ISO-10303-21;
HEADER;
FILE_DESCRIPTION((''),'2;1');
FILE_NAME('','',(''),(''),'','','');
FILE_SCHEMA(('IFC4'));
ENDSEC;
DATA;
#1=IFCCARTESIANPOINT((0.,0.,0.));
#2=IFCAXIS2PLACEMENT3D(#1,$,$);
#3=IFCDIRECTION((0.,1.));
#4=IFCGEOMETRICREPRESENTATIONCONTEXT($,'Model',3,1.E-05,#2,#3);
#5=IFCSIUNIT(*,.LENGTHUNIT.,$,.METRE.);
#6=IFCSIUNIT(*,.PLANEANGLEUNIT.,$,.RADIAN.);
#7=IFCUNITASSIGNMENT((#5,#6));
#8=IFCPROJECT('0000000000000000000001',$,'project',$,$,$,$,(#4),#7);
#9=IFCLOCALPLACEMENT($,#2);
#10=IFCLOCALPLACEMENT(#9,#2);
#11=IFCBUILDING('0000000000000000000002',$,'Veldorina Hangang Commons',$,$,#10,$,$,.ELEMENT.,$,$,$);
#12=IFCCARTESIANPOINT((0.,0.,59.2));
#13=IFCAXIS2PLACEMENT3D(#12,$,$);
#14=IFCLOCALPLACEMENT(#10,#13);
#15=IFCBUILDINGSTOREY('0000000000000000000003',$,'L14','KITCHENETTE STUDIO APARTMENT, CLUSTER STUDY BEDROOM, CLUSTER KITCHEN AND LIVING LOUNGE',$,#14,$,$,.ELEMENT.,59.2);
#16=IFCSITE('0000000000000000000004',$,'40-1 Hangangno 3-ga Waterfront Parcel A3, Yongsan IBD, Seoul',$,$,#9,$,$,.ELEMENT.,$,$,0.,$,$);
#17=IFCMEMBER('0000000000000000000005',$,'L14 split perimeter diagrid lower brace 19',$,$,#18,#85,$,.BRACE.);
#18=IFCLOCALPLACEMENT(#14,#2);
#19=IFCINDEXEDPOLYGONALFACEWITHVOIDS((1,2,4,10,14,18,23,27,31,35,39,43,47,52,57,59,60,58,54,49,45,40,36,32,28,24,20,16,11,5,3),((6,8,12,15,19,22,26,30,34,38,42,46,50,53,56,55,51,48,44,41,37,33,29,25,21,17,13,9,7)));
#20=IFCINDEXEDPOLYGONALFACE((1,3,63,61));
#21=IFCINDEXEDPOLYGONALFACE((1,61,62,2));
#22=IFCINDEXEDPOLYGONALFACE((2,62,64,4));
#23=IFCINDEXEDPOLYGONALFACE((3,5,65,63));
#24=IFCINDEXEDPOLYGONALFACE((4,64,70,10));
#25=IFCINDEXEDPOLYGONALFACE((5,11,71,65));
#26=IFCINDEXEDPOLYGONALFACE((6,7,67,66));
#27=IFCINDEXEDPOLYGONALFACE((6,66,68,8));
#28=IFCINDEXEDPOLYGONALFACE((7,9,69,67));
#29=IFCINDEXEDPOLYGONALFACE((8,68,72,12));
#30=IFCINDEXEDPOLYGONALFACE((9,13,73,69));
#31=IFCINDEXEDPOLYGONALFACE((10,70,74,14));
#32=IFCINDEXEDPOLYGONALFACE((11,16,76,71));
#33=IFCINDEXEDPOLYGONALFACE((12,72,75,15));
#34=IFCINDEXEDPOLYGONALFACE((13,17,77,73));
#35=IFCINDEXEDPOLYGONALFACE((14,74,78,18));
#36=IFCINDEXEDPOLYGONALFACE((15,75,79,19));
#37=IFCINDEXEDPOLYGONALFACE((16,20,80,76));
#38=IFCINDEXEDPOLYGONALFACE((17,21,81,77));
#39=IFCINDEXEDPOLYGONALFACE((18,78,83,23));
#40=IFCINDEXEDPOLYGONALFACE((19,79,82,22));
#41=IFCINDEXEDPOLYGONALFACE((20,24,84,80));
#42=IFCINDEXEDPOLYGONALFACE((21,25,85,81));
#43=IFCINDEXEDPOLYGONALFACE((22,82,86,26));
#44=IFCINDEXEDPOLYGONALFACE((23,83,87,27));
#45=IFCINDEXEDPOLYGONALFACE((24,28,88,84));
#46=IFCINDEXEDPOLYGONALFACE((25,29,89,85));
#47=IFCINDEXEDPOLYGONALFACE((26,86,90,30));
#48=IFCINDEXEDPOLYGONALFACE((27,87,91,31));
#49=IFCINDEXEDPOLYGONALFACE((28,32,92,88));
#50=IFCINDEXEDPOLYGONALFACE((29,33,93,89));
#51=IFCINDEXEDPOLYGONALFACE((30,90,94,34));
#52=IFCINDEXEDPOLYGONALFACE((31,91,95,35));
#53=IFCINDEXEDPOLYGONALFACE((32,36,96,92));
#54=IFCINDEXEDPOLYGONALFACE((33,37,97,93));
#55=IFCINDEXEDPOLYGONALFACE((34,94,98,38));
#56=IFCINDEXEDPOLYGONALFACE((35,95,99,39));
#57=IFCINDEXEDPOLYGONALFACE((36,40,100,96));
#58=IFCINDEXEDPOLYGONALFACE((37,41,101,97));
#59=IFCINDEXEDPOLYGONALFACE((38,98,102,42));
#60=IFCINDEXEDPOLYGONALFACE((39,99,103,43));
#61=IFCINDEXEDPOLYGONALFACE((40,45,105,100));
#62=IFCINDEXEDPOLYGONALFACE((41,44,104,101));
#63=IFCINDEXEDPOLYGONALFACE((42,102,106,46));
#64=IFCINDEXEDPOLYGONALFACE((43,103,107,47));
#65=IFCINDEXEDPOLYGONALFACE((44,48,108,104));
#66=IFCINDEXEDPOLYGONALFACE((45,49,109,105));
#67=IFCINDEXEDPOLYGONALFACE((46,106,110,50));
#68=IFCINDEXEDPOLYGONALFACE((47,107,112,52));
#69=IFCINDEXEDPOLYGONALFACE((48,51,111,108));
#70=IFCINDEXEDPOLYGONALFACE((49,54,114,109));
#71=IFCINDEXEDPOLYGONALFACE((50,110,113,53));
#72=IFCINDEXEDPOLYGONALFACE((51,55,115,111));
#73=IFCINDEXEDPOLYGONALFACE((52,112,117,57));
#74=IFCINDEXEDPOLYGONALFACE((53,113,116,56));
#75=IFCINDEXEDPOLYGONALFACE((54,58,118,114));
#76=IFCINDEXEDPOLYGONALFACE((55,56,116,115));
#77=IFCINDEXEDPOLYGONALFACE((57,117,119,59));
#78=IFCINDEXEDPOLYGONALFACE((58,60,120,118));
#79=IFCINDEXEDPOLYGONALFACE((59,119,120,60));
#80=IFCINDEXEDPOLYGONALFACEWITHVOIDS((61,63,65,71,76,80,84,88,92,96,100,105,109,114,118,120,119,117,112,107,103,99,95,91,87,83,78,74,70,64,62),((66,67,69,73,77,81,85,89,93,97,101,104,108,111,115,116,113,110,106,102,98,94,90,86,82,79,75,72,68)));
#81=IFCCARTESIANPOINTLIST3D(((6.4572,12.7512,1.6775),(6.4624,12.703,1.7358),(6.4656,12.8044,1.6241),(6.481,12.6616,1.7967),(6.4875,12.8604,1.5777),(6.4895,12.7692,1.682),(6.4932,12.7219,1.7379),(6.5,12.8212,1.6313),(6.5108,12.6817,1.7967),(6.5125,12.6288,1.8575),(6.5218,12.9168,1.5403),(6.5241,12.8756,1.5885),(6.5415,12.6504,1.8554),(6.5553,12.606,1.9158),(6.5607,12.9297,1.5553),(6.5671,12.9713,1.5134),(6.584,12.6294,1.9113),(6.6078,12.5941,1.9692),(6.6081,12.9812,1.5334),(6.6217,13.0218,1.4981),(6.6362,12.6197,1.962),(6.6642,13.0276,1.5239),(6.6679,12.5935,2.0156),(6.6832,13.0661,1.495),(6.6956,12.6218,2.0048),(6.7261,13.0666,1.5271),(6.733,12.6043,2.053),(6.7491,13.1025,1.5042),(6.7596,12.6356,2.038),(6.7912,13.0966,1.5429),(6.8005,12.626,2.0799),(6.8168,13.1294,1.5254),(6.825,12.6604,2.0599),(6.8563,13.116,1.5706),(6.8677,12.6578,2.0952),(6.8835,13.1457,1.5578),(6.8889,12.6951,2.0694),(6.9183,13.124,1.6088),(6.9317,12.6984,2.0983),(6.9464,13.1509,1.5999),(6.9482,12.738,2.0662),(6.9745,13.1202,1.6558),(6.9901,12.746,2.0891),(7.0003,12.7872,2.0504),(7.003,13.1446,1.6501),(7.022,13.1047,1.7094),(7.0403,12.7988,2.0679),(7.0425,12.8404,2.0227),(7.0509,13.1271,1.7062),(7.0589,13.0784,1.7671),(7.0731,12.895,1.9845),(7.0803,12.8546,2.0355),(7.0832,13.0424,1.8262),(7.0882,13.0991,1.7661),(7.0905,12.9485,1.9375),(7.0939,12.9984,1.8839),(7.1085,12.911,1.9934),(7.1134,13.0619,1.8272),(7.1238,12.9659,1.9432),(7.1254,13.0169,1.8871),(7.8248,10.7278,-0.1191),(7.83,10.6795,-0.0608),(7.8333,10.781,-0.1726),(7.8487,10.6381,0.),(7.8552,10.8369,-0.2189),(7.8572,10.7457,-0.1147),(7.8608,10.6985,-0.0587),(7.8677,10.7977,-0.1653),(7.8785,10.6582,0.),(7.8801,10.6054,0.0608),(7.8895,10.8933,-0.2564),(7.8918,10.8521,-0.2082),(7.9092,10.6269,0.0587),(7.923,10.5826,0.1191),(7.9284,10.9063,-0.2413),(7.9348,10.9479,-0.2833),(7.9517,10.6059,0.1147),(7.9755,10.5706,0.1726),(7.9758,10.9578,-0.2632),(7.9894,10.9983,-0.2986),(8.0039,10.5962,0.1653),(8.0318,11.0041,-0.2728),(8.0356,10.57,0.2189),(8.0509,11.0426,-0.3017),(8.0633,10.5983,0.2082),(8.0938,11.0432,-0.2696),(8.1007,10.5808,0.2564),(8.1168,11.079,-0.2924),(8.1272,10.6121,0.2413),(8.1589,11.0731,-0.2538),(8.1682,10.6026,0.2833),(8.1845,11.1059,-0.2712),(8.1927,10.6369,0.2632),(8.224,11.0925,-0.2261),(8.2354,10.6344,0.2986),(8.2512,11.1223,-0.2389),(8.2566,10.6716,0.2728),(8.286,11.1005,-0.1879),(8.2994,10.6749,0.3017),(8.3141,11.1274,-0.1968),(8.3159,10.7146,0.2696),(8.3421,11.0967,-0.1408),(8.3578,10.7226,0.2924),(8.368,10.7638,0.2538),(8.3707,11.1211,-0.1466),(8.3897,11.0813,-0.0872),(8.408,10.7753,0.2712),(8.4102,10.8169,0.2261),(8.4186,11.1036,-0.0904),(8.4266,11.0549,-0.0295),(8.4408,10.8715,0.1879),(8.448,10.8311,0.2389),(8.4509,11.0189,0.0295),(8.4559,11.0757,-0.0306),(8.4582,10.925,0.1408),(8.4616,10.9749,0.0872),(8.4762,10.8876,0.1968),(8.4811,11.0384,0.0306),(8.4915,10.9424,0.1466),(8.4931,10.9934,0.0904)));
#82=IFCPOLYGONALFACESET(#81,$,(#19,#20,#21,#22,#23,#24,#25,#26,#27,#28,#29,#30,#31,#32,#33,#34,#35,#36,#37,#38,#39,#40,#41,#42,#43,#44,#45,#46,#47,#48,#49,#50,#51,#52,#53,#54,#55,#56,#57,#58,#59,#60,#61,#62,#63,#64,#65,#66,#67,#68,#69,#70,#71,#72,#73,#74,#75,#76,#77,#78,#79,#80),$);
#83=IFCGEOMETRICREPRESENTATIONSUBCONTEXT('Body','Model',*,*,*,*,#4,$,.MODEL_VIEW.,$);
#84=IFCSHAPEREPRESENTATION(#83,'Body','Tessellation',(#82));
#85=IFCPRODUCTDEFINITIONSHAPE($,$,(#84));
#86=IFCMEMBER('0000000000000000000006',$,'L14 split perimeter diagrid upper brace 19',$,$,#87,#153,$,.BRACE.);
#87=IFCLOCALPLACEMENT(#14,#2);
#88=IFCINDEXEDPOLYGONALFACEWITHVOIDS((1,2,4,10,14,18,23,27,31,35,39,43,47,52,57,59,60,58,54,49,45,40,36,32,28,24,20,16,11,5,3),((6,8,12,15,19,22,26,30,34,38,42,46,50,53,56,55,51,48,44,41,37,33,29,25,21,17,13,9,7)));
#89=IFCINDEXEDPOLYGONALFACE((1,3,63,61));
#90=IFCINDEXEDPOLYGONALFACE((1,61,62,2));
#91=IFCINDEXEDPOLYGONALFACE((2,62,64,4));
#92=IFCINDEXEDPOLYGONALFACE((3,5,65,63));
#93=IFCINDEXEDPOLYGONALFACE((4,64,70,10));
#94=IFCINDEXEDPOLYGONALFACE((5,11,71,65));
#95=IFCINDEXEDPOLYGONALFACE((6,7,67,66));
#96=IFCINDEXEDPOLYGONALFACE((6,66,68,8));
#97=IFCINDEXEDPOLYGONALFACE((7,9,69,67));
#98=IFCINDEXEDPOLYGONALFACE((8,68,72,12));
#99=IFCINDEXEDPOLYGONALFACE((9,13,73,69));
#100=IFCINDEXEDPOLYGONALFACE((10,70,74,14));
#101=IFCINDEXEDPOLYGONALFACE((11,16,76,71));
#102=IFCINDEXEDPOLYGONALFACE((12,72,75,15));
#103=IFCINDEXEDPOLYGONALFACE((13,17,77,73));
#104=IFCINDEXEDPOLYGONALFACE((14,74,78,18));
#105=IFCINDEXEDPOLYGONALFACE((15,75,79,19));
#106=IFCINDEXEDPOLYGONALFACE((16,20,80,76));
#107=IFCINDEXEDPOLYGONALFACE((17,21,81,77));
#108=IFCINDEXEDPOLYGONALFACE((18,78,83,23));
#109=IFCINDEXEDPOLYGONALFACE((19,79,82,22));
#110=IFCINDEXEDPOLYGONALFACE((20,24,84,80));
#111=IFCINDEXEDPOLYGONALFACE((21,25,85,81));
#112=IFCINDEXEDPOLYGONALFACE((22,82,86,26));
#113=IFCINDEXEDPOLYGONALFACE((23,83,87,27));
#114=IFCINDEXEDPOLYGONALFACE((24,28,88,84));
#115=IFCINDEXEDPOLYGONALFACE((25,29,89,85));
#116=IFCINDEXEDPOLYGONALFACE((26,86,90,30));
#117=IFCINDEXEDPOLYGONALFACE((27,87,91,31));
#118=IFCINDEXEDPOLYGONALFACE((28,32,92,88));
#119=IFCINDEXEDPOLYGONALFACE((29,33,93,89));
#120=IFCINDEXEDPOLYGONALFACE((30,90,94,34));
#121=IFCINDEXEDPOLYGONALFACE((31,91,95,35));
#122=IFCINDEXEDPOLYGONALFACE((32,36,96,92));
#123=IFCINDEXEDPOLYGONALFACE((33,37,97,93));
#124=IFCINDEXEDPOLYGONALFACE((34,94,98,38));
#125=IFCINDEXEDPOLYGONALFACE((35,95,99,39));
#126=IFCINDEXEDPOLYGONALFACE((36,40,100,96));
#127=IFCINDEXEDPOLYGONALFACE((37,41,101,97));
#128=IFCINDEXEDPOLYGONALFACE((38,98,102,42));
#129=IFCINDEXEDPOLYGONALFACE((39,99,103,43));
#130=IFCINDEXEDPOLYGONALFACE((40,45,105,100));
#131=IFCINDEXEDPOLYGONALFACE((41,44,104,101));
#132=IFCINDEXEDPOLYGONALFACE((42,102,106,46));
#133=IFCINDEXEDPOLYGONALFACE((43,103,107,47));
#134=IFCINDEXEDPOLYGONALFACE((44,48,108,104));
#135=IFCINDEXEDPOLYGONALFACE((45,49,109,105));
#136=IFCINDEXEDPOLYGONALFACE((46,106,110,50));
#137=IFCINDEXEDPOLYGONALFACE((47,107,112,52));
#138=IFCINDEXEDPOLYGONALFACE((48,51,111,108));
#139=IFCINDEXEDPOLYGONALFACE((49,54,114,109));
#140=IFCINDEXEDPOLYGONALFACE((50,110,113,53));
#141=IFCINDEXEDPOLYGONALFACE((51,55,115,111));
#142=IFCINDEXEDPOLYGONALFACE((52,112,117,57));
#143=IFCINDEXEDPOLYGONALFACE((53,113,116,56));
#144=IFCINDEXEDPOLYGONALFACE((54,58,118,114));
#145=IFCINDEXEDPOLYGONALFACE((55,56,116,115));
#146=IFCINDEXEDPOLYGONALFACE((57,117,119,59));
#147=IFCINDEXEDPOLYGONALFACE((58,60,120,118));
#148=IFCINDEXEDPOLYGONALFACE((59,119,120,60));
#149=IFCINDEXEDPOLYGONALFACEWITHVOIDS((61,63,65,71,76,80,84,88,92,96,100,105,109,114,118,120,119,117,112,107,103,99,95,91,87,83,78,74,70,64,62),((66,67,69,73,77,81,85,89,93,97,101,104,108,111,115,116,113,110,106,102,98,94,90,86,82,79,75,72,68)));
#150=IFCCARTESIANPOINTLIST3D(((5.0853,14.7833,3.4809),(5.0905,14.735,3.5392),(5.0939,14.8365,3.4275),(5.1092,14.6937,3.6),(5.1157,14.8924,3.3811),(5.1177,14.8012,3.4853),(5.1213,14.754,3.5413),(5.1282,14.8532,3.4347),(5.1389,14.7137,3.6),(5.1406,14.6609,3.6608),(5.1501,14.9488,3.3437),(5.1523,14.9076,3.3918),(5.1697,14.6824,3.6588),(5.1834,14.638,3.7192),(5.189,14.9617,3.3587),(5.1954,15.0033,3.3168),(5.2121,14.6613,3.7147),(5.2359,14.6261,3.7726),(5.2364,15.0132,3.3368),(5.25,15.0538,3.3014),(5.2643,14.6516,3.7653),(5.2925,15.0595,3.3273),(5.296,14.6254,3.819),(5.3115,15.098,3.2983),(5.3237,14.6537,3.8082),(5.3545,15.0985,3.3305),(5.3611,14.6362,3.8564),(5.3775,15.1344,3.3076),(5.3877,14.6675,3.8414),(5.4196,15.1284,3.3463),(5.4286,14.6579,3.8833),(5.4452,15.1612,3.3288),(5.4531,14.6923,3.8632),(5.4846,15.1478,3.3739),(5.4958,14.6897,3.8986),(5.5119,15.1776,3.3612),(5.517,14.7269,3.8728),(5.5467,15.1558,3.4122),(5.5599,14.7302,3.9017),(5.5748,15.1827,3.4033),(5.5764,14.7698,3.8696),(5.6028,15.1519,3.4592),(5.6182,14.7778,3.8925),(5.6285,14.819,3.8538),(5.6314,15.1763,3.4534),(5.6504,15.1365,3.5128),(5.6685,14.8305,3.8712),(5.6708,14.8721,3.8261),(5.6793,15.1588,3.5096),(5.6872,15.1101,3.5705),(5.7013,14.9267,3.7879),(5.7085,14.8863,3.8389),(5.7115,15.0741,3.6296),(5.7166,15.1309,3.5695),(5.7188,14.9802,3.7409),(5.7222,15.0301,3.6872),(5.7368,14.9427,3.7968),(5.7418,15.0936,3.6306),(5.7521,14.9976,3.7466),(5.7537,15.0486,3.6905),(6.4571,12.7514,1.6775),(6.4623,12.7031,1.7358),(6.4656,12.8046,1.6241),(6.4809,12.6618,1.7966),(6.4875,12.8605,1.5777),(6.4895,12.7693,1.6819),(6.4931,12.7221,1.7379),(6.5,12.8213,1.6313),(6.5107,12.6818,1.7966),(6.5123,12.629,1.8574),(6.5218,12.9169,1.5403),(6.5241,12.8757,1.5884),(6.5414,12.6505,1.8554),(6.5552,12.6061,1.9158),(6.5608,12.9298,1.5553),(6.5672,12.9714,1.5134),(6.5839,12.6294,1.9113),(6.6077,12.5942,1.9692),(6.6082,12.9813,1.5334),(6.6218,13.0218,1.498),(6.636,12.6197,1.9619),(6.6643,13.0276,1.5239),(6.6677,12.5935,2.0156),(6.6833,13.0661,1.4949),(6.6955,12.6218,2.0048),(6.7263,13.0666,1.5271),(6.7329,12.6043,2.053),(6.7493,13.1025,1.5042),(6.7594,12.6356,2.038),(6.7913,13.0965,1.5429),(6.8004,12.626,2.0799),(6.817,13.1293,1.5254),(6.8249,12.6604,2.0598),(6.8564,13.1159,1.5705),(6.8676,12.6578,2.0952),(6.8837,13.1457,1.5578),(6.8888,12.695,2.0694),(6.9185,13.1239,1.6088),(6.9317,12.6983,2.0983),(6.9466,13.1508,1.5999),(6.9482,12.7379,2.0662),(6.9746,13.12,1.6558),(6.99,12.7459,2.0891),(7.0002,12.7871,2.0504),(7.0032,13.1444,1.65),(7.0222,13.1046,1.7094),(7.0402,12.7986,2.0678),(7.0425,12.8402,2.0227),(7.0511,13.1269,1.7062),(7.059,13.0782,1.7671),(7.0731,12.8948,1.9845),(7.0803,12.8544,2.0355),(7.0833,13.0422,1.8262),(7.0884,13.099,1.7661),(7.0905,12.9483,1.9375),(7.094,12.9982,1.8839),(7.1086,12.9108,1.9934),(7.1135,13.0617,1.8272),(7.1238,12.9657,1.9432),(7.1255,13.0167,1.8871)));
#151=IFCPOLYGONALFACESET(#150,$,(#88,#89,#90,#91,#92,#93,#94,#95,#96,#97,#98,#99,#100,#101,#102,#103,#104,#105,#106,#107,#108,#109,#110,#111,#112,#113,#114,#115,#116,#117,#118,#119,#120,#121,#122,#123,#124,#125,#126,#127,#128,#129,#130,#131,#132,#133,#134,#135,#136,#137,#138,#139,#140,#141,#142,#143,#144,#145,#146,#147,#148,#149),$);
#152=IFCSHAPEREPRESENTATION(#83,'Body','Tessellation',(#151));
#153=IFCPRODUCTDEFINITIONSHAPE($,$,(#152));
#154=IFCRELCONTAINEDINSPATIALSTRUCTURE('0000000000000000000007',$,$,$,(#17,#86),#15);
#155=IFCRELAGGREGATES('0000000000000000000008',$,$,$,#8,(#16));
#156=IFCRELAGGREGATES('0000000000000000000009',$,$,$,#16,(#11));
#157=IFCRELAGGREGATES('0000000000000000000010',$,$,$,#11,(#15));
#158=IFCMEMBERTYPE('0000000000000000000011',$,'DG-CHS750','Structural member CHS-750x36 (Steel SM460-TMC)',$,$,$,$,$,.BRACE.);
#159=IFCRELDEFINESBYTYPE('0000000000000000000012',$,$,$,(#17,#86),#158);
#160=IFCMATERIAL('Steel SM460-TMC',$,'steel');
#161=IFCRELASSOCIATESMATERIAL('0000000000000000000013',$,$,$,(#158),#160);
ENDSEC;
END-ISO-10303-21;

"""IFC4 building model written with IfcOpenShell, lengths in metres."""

from ifc_helpers import new_model, si_unit, direction, frame, origin, origin_2d, place, context, subcontext, project, spatial, hollow_circle, extrude, material, material_profile, profile_set, type_object, element, save


model = new_model("IFC4")

# Units and contexts
model_context = context("Model", 3, precision=1e-05, world=origin(), true_north=direction((0.0, 1.0)))
body_context = subcontext(model_context, "Body", "Model", "MODEL_VIEW")
ifc_project = project(units=[si_unit("LENGTHUNIT", "METRE"), si_unit("PLANEANGLEUNIT", "RADIAN")], contexts=[model_context])

# Site, building, storey
site_placement = place(None, origin())
site = spatial("IfcSite", under=ifc_project, at=site_placement, Name="40-1 Hangangno 3-ga Waterfront Parcel A3, Yongsan IBD, Seoul", CompositionType="ELEMENT", RefElevation=0.0)
building_placement = place(site_placement, origin())
building = spatial("IfcBuilding", under=site, at=building_placement, Name="Veldorina Hangang Commons", CompositionType="ELEMENT")
storey_placement = place(building_placement, frame((0.0, 0.0, 59.2)))
storey = spatial("IfcBuildingStorey", under=building, at=storey_placement, Name="L14", Description="KITCHENETTE STUDIO APARTMENT, CLUSTER STUDY BEDROOM, CLUSTER KITCHEN AND LIVING LOUNGE", CompositionType="ELEMENT", Elevation=59.2)

# Shared definitions
ifc_material_1 = material(Name="Steel SM460-TMC", Category="steel")

# Members
ifc_material_profile_1 = material_profile(ifc_material_1, hollow_circle(Radius=0.375, WallThickness=0.0359, at=origin_2d()), Name="CHS-750x36")
ifc_profile_set_1 = profile_set([ifc_material_profile_1], Name="Steel SM460-TMC")
member_type = type_object("IfcMemberType", Name="DG-CHS750", Description="Structural member CHS-750x36 (Steel SM460-TMC)", PredefinedType="BRACE", material=ifc_profile_set_1)
member_1_placement = place(storey_placement, frame((8.1594, 10.8481, 0.0), z_axis=(-0.451088, 0.667372, 0.592566), x_axis=(-0.828496, -0.559995, 0.0)))
element("IfcMember", 1, at=member_1_placement, inside=storey, type_object=member_type, Name="L14 split perimeter diagrid lower brace 19", PredefinedType="BRACE", context=body_context, shape_type="SweptSolid", body=[
    extrude(hollow_circle(Radius=0.375, WallThickness=0.0359, at=origin_2d()), origin(), (0.0, 0.0, 1.0), 3.032),
])
member_2_placement = place(storey_placement, frame((6.7917, 12.8716, 1.7966), z_axis=(-0.450728, 0.66763, 0.592549), x_axis=(-0.828804, -0.55954, 0.0)))
element("IfcMember", 2, at=member_2_placement, inside=storey, type_object=member_type, Name="L14 split perimeter diagrid upper brace 19", PredefinedType="BRACE", context=body_context, shape_type="SweptSolid", body=[
    extrude(hollow_circle(Radius=0.375, WallThickness=0.0359, at=origin_2d()), origin(), (0.0, 0.0, 1.0), 3.0435),
])

save(model, "model.ifc")
